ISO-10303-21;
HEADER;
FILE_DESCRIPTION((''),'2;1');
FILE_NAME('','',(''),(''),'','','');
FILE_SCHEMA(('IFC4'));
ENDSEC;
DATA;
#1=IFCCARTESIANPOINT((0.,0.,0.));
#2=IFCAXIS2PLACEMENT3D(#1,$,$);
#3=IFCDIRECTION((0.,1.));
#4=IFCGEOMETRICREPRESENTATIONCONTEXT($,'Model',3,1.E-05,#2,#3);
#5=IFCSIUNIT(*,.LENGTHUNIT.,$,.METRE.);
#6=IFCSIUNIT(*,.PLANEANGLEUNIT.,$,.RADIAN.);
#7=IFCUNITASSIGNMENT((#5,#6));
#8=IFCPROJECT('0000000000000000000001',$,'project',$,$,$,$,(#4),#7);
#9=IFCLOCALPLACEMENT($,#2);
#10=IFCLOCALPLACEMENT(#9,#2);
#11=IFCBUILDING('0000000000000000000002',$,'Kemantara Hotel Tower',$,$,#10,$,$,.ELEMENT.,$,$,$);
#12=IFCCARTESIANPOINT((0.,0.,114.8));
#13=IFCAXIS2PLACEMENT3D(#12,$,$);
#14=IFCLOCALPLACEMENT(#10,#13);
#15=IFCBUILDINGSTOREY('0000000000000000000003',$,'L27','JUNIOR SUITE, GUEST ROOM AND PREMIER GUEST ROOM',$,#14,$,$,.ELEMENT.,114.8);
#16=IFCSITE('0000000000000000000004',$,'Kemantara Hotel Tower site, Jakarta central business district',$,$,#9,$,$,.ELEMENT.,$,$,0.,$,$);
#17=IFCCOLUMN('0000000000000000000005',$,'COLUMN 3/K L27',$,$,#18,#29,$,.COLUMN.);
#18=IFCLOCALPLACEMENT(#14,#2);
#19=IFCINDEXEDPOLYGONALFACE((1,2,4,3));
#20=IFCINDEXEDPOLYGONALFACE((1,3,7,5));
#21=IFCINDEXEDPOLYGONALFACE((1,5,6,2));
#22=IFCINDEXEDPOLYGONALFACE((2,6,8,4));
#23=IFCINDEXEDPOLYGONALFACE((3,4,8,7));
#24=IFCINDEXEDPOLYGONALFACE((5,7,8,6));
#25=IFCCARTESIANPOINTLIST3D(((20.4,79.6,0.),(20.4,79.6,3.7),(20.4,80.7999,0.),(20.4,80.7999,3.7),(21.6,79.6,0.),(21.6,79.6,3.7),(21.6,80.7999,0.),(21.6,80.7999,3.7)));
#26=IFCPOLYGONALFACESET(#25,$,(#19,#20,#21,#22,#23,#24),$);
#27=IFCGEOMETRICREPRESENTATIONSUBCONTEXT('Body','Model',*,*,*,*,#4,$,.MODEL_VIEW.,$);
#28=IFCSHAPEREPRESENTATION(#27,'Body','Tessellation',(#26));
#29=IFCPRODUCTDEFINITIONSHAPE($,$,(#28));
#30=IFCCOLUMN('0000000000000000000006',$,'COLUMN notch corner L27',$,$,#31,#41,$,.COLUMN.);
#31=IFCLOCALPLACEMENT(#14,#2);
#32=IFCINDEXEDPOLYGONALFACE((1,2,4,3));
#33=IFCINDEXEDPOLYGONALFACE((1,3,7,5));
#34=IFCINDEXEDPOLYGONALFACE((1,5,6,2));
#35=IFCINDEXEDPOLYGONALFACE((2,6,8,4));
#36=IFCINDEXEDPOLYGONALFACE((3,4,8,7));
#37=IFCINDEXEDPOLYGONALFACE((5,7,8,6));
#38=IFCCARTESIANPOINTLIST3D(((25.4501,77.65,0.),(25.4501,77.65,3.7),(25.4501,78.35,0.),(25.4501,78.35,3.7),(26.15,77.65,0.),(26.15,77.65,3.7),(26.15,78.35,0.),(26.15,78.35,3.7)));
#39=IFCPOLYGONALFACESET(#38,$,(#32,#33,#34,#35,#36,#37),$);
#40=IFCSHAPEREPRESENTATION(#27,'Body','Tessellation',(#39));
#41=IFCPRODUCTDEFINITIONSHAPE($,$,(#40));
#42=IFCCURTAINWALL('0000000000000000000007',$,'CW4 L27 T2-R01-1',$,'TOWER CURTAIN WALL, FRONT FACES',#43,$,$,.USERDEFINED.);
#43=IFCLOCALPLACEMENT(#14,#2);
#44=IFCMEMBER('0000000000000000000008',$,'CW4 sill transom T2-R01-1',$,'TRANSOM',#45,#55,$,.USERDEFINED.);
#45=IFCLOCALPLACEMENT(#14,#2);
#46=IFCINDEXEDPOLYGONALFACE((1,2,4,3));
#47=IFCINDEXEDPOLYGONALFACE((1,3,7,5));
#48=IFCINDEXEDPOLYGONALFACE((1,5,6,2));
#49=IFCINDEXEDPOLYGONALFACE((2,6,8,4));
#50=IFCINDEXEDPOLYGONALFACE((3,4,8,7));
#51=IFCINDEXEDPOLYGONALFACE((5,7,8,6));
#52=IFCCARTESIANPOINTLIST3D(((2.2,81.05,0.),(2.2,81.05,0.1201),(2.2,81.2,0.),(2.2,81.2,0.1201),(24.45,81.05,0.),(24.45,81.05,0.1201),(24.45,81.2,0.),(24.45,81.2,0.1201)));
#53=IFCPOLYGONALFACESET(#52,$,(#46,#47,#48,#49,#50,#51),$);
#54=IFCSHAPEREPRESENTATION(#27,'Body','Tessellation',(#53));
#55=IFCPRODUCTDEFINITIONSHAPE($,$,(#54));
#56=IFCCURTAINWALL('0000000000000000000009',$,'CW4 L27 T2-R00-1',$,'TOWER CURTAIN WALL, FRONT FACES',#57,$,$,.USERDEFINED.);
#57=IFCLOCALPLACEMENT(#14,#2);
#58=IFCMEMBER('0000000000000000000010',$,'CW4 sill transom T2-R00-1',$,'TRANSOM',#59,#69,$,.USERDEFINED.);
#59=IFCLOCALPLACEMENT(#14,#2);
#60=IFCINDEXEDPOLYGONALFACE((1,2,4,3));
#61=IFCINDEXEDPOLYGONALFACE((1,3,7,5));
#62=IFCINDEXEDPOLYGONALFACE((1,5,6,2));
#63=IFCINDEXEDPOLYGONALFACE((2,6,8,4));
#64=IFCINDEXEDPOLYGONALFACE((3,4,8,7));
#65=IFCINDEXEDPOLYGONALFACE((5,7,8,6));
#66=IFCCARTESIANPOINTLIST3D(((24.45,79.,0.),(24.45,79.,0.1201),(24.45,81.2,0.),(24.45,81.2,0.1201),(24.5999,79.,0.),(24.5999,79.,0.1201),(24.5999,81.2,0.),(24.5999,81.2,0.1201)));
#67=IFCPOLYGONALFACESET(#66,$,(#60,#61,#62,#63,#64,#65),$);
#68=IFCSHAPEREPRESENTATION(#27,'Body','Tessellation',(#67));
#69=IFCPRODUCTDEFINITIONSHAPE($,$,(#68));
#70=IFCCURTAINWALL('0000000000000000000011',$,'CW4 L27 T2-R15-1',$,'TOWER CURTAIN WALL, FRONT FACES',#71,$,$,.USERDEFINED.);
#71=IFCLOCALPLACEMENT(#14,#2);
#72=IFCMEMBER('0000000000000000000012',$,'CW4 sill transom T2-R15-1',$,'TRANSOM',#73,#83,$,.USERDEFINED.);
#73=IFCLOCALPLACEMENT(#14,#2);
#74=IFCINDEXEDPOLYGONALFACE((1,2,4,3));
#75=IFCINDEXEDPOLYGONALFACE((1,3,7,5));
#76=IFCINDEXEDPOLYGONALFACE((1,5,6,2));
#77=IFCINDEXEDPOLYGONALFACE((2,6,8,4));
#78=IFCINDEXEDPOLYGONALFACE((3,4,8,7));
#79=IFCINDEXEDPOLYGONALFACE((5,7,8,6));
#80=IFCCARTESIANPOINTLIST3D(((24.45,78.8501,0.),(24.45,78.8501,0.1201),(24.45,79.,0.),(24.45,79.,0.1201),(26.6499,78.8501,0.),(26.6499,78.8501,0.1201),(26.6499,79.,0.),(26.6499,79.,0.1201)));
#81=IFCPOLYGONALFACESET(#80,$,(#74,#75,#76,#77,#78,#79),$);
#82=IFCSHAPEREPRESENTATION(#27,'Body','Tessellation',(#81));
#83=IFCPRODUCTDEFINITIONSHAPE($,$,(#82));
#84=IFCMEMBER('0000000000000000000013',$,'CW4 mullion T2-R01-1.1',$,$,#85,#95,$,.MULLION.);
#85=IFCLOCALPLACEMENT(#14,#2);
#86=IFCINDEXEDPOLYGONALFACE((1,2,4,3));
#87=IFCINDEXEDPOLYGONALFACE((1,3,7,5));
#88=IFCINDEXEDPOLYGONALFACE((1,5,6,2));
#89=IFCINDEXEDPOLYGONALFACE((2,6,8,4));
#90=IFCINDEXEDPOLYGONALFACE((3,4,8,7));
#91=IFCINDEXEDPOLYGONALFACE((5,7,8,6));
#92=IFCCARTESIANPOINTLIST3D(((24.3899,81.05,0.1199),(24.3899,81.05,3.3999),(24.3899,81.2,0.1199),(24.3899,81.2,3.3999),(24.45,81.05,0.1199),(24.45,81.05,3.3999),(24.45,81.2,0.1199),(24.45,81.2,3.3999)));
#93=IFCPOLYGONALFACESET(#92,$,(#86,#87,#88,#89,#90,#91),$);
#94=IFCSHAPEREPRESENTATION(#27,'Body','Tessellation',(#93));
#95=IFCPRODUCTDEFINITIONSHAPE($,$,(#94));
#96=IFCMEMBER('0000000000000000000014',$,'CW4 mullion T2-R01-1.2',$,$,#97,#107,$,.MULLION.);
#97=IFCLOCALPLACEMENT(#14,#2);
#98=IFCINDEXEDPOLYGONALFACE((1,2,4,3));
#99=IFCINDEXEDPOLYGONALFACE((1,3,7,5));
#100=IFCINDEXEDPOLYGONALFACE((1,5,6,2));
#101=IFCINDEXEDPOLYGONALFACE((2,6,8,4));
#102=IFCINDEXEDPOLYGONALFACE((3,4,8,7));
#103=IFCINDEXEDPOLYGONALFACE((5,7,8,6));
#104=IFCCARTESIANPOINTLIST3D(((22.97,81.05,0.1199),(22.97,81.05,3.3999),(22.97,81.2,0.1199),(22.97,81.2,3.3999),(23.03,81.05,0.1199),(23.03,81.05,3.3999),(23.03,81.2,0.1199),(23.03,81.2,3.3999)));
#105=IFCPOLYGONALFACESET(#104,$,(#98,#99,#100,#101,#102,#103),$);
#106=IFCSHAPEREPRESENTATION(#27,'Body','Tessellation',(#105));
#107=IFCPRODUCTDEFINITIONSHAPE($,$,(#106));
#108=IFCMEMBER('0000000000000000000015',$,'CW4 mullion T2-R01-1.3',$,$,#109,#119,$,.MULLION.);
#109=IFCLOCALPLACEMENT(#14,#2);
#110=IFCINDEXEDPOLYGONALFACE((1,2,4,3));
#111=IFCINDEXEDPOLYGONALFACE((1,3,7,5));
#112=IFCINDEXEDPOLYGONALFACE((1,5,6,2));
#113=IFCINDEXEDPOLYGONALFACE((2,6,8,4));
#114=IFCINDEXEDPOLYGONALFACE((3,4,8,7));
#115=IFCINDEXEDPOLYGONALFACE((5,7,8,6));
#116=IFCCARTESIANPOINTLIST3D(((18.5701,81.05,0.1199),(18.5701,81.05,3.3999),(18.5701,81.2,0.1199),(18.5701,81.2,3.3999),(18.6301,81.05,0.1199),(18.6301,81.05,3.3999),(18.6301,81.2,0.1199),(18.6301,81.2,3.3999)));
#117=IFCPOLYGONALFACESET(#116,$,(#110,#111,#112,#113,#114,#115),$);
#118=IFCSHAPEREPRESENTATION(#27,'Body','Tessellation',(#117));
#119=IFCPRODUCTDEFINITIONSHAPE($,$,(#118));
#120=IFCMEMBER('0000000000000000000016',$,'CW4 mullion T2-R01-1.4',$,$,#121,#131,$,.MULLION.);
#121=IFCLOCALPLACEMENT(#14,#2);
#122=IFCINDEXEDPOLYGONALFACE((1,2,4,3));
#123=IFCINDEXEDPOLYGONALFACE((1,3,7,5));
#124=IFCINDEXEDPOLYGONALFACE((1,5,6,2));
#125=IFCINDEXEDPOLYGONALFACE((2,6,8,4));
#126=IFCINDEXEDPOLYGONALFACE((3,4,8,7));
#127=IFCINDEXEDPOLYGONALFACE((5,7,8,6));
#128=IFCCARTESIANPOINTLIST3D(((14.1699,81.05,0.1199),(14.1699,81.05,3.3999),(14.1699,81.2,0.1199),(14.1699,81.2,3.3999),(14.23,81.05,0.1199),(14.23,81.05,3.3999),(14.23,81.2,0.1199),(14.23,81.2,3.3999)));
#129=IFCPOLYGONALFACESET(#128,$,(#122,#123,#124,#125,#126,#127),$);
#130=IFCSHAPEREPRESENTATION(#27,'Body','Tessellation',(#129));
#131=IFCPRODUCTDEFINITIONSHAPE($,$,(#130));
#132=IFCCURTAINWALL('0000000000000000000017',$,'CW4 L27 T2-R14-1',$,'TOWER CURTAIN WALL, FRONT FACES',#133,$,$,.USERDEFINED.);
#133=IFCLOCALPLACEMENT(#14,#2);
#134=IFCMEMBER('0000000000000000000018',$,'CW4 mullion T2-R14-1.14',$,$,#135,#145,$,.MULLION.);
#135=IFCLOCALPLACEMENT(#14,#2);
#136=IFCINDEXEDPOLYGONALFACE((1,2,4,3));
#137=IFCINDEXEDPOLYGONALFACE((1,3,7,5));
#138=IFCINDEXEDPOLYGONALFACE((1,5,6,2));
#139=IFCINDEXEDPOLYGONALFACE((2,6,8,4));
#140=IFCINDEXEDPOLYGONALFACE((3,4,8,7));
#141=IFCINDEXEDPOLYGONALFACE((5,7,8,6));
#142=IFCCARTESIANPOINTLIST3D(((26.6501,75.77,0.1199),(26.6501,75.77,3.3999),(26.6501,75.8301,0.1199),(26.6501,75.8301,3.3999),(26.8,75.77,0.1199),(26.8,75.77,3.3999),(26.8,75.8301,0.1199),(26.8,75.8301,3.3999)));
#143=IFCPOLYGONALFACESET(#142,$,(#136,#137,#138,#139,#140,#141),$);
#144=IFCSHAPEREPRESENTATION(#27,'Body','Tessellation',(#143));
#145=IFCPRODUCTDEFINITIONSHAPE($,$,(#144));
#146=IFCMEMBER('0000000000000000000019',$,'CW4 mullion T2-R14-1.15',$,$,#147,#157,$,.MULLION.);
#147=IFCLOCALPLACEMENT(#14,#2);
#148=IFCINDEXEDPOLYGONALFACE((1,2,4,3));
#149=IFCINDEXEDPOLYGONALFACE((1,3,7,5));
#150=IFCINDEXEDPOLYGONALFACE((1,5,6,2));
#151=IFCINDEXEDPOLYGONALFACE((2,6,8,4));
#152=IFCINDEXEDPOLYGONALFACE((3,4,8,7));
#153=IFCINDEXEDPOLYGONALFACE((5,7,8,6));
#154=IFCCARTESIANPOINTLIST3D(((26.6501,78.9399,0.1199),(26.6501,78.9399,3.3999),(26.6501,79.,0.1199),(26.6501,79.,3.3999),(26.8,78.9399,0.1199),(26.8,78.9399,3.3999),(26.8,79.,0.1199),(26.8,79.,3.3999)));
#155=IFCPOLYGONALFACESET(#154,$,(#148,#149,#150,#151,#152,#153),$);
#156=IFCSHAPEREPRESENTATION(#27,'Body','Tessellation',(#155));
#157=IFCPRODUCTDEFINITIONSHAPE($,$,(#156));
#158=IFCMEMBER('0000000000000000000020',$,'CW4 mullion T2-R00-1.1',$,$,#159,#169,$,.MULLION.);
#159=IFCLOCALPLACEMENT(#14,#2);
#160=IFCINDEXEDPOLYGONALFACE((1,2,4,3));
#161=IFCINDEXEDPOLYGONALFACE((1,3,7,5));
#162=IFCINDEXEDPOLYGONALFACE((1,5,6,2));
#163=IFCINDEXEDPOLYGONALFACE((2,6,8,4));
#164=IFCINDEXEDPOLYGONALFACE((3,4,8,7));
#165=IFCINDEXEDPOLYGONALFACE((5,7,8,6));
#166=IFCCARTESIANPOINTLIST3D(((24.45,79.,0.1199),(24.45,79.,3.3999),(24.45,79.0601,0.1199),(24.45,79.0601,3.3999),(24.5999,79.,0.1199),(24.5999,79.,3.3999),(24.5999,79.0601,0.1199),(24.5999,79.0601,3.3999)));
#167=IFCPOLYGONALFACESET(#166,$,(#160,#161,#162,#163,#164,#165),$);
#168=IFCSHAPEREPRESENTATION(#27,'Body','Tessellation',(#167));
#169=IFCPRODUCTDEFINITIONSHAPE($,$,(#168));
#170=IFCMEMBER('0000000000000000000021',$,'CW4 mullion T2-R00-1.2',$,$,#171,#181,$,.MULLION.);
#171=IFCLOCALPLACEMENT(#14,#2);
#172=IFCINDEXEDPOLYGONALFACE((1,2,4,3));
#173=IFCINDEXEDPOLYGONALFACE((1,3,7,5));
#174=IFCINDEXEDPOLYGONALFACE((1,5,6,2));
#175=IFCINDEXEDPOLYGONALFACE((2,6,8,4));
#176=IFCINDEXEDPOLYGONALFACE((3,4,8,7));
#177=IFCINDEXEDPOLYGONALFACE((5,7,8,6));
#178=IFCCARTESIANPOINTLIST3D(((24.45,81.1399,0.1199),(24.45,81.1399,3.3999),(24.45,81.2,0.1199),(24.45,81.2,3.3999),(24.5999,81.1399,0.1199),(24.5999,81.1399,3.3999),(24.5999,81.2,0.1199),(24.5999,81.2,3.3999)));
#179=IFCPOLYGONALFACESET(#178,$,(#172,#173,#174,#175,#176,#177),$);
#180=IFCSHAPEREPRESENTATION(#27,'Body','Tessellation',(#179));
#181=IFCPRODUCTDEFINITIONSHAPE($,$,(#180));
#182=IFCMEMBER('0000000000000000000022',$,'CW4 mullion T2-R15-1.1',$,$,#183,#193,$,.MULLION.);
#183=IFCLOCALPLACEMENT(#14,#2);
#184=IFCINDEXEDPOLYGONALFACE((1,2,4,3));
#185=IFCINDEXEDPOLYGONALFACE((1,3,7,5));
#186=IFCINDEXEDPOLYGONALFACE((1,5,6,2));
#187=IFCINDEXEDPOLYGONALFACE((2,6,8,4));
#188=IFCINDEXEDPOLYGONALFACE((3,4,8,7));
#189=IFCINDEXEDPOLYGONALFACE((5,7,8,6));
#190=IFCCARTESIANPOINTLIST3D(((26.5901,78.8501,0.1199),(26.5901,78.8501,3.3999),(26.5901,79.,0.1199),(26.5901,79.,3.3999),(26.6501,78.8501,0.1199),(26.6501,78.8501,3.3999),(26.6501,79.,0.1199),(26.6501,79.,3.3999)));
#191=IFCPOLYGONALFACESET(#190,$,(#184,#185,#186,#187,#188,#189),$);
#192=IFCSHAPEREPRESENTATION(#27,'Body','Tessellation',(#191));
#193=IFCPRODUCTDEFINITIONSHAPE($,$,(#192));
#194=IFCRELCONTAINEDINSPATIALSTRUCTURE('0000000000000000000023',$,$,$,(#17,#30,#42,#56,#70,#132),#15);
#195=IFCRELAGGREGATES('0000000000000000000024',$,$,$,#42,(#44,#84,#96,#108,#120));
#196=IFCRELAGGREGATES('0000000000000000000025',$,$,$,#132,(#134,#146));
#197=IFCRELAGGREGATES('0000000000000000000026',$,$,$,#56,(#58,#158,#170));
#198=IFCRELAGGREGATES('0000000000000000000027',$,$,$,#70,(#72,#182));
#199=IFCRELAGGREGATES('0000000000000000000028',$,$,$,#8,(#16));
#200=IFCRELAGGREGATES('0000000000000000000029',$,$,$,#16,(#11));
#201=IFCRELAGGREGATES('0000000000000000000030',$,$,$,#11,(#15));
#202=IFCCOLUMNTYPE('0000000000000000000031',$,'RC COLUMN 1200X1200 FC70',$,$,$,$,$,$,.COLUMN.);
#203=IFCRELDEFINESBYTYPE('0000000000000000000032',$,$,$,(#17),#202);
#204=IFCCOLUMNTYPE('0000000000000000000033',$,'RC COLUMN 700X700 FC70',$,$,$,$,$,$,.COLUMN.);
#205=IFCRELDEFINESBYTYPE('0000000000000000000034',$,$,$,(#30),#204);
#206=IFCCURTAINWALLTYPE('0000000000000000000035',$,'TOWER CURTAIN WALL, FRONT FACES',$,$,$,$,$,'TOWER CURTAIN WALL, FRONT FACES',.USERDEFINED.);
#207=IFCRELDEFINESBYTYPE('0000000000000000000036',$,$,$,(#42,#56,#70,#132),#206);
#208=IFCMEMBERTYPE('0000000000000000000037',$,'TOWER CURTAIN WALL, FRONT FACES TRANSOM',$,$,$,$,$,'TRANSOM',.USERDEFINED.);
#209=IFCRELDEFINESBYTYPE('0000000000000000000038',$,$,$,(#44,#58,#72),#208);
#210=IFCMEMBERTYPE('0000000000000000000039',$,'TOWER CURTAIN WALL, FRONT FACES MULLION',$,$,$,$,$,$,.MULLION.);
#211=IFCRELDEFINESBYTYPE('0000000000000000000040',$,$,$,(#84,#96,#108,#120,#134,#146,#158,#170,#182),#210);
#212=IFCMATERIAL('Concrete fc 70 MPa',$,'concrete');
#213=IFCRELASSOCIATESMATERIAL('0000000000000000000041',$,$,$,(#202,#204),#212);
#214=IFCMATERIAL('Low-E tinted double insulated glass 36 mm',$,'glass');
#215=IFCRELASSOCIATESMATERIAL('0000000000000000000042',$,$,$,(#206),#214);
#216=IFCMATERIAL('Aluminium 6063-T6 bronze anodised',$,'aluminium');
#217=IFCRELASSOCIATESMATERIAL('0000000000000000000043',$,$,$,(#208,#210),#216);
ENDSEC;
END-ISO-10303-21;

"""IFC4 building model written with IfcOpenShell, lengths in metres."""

from ifc_helpers import new_model, si_unit, direction, frame, origin, origin_2d, place, context, subcontext, project, spatial, rectangle, extrude, source, transform, mapped, material, material_profile, profile_set, type_object, element, aggregate, save


model = new_model("IFC4")

# Units and contexts
model_context = context("Model", 3, precision=1e-05, world=origin(), true_north=direction((0.0, 1.0)))
body_context = subcontext(model_context, "Body", "Model", "MODEL_VIEW")
ifc_project = project(units=[si_unit("LENGTHUNIT", "METRE"), si_unit("PLANEANGLEUNIT", "RADIAN")], contexts=[model_context])

# Site, building, storey
site_placement = place(None, origin())
site = spatial("IfcSite", under=ifc_project, at=site_placement, Name="Kemantara Hotel Tower site, Jakarta central business district", CompositionType="ELEMENT", RefElevation=0.0)
building_placement = place(site_placement, origin())
building = spatial("IfcBuilding", under=site, at=building_placement, Name="Kemantara Hotel Tower", CompositionType="ELEMENT")
storey_placement = place(building_placement, frame((0.0, 0.0, 114.8)))
storey = spatial("IfcBuildingStorey", under=building, at=storey_placement, Name="L27", Description="JUNIOR SUITE, GUEST ROOM AND PREMIER GUEST ROOM", CompositionType="ELEMENT", Elevation=114.8)

# Columns
ifc_material_1 = material(Name="Concrete fc 70 MPa", Category="concrete")
ifc_material_profile_1 = material_profile(ifc_material_1, rectangle(XDim=1.2, YDim=1.2, at=origin_2d()), Name="RC 1200X1200")
ifc_profile_set_1 = profile_set([ifc_material_profile_1], Name="Concrete fc 70 MPa")
column_type_1 = type_object("IfcColumnType", Name="RC COLUMN 1200X1200 FC70", PredefinedType="COLUMN", material=ifc_profile_set_1)
column_1_placement = place(storey_placement, frame((21.0, 80.2, 0.0), z_axis=(0.0, 0.0, 1.0), x_axis=(1.0, 0.0, 0.0)))
element("IfcColumn", 1, at=column_1_placement, inside=storey, type_object=column_type_1, Name="COLUMN 3/K L27", PredefinedType="COLUMN", context=body_context, shape_type="SweptSolid", body=[
    extrude(rectangle(XDim=1.2, YDim=1.2, at=origin_2d()), origin(), (0.0, 0.0, 1.0), 3.7),
])
ifc_material_profile_2 = material_profile(ifc_material_1, rectangle(XDim=0.7, YDim=0.7, at=origin_2d()), Name="RC 700X700")
ifc_profile_set_2 = profile_set([ifc_material_profile_2], Name="Concrete fc 70 MPa")
column_type_2 = type_object("IfcColumnType", Name="RC COLUMN 700X700 FC70", PredefinedType="COLUMN", material=ifc_profile_set_2)
column_2_placement = place(storey_placement, frame((25.8, 78.0, 0.0), z_axis=(0.0, 0.0, 1.0), x_axis=(1.0, 0.0, 0.0)))
element("IfcColumn", 2, at=column_2_placement, inside=storey, type_object=column_type_2, Name="COLUMN notch corner L27", PredefinedType="COLUMN", context=body_context, shape_type="SweptSolid", body=[
    extrude(rectangle(XDim=0.7, YDim=0.7, at=origin_2d()), origin(), (0.0, 0.0, 1.0), 3.7),
])

# Curtain walls, members
ifc_material_2 = material(Name="Low-E tinted double insulated glass 36 mm", Category="glass")
curtain_wall_type = type_object("IfcCurtainWallType", Name="TOWER CURTAIN WALL, FRONT FACES", ElementType="TOWER CURTAIN WALL, FRONT FACES", PredefinedType="USERDEFINED", material=ifc_material_2)
curtain_wall_1_placement = place(storey_placement, origin())
curtain_wall_1 = element("IfcCurtainWall", 3, at=curtain_wall_1_placement, inside=storey, type_object=curtain_wall_type, Name="CW4 L27 T2-R01-1", ObjectType="TOWER CURTAIN WALL, FRONT FACES", PredefinedType="USERDEFINED")
ifc_material_3 = material(Name="Aluminium 6063-T6 bronze anodised", Category="aluminium")
ifc_material_profile_3 = material_profile(ifc_material_3, rectangle(XDim=0.1499, YDim=0.1201, at=origin_2d()), Name="TOWER CURTAIN WALL, FRONT FACES TRANSOM")
ifc_profile_set_3 = profile_set([ifc_material_profile_3], Name="Aluminium 6063-T6 bronze anodised")
member_type_1 = type_object("IfcMemberType", Name="TOWER CURTAIN WALL, FRONT FACES TRANSOM", ElementType="TRANSOM", PredefinedType="USERDEFINED", material=ifc_profile_set_3)
member_1_placement = place(storey_placement, frame((24.45, 81.125, 0.0601), z_axis=(-1.0, 0.0, 0.0), x_axis=(0.0, -1.0, 0.0)))
member_1 = element("IfcMember", 4, at=member_1_placement, type_object=member_type_1, Name="CW4 sill transom T2-R01-1", ObjectType="TRANSOM", PredefinedType="USERDEFINED", context=body_context, shape_type="SweptSolid", body=[
    extrude(rectangle(XDim=0.1499, YDim=0.1201, at=origin_2d()), origin(), (0.0, 0.0, 1.0), 22.25),
])
curtain_wall_2_placement = place(storey_placement, origin())
curtain_wall_2 = element("IfcCurtainWall", 5, at=curtain_wall_2_placement, inside=storey, type_object=curtain_wall_type, Name="CW4 L27 T2-R00-1", ObjectType="TOWER CURTAIN WALL, FRONT FACES", PredefinedType="USERDEFINED")
member_2_placement = place(storey_placement, frame((24.5249, 79.0, 0.0601), z_axis=(0.0, 1.0, 0.0), x_axis=(-1.0, 0.0, 0.0)))
member_2 = element("IfcMember", 6, at=member_2_placement, type_object=member_type_1, Name="CW4 sill transom T2-R00-1", ObjectType="TRANSOM", PredefinedType="USERDEFINED", context=body_context, shape_type="SweptSolid", body=[
    extrude(rectangle(XDim=0.1499, YDim=0.1201, at=origin_2d()), origin(), (0.0, 0.0, 1.0), 2.2),
])
curtain_wall_3_placement = place(storey_placement, origin())
curtain_wall_3 = element("IfcCurtainWall", 7, at=curtain_wall_3_placement, inside=storey, type_object=curtain_wall_type, Name="CW4 L27 T2-R15-1", ObjectType="TOWER CURTAIN WALL, FRONT FACES", PredefinedType="USERDEFINED")
member_3_placement = place(storey_placement, frame((26.6499, 78.925, 0.0601), z_axis=(-1.0, 0.0, 0.0), x_axis=(0.0, -1.0, 0.0)))
member_3 = element("IfcMember", 8, at=member_3_placement, type_object=member_type_1, Name="CW4 sill transom T2-R15-1", ObjectType="TRANSOM", PredefinedType="USERDEFINED", context=body_context, shape_type="SweptSolid", body=[
    extrude(rectangle(XDim=0.1499, YDim=0.1201, at=origin_2d()), origin(), (0.0, 0.0, 1.0), 2.2),
])

# Members
ifc_material_profile_4 = material_profile(ifc_material_3, rectangle(XDim=0.1499, YDim=0.0601, at=origin_2d()), Name="TOWER CURTAIN WALL, FRONT FACES MULLION")
ifc_profile_set_4 = profile_set([ifc_material_profile_4], Name="Aluminium 6063-T6 bronze anodised")
member_type_2 = type_object("IfcMemberType", Name="TOWER CURTAIN WALL, FRONT FACES MULLION", PredefinedType="MULLION", material=ifc_profile_set_4)
shared_shape_1 = source(origin(), body_context, "Body", "SweptSolid", [
    extrude(rectangle(XDim=0.1499, YDim=0.0601, at=origin_2d()), origin(), (0.0, 0.0, 1.0), 3.28),
])
member_4_placement = place(storey_placement, frame((24.4199, 81.125, 0.1199), z_axis=(0.0, 0.0, 1.0), x_axis=(0.0, -1.0, 0.0)))
member_4 = element("IfcMember", 9, at=member_4_placement, type_object=member_type_2, Name="CW4 mullion T2-R01-1.1", PredefinedType="MULLION", context=body_context, shape_type="MappedRepresentation", body=[
    mapped(shared_shape_1, transform((0.0, 0.0, 0.0))),
])
member_5_placement = place(storey_placement, frame((23.0, 81.125, 0.1199), z_axis=(0.0, 0.0, 1.0), x_axis=(0.0, -1.0, 0.0)))
member_5 = element("IfcMember", 10, at=member_5_placement, type_object=member_type_2, Name="CW4 mullion T2-R01-1.2", PredefinedType="MULLION", context=body_context, shape_type="MappedRepresentation", body=[
    mapped(shared_shape_1, transform((0.0, 0.0, 0.0))),
])
member_6_placement = place(storey_placement, frame((18.6001, 81.125, 0.1199), z_axis=(0.0, 0.0, 1.0), x_axis=(0.0, -1.0, 0.0)))
member_6 = element("IfcMember", 11, at=member_6_placement, type_object=member_type_2, Name="CW4 mullion T2-R01-1.3", PredefinedType="MULLION", context=body_context, shape_type="MappedRepresentation", body=[
    mapped(shared_shape_1, transform((0.0, 0.0, 0.0))),
])
member_7_placement = place(storey_placement, frame((14.2, 81.125, 0.1199), z_axis=(0.0, 0.0, 1.0), x_axis=(0.0, -1.0, 0.0)))
member_7 = element("IfcMember", 12, at=member_7_placement, type_object=member_type_2, Name="CW4 mullion T2-R01-1.4", PredefinedType="MULLION", context=body_context, shape_type="MappedRepresentation", body=[
    mapped(shared_shape_1, transform((0.0, 0.0, 0.0))),
])

# Curtain wall, members
curtain_wall_4_placement = place(storey_placement, origin())
curtain_wall_4 = element("IfcCurtainWall", 13, at=curtain_wall_4_placement, inside=storey, type_object=curtain_wall_type, Name="CW4 L27 T2-R14-1", ObjectType="TOWER CURTAIN WALL, FRONT FACES", PredefinedType="USERDEFINED")
member_8_placement = place(storey_placement, frame((26.7251, 75.8, 0.1199), z_axis=(0.0, 0.0, 1.0), x_axis=(-1.0, 0.0, 0.0)))
member_8 = element("IfcMember", 14, at=member_8_placement, type_object=member_type_2, Name="CW4 mullion T2-R14-1.14", PredefinedType="MULLION", context=body_context, shape_type="MappedRepresentation", body=[
    mapped(shared_shape_1, transform((0.0, 0.0, 0.0))),
])
member_9_placement = place(storey_placement, frame((26.7251, 78.97, 0.1199), z_axis=(0.0, 0.0, 1.0), x_axis=(-1.0, 0.0, 0.0)))
member_9 = element("IfcMember", 15, at=member_9_placement, type_object=member_type_2, Name="CW4 mullion T2-R14-1.15", PredefinedType="MULLION", context=body_context, shape_type="MappedRepresentation", body=[
    mapped(shared_shape_1, transform((0.0, 0.0, 0.0))),
])

# Members
member_10_placement = place(storey_placement, frame((24.5249, 79.03, 0.1199), z_axis=(0.0, 0.0, 1.0), x_axis=(-1.0, 0.0, 0.0)))
member_10 = element("IfcMember", 16, at=member_10_placement, type_object=member_type_2, Name="CW4 mullion T2-R00-1.1", PredefinedType="MULLION", context=body_context, shape_type="MappedRepresentation", body=[
    mapped(shared_shape_1, transform((0.0, 0.0, 0.0))),
])
member_11_placement = place(storey_placement, frame((24.5249, 81.1699, 0.1199), z_axis=(0.0, 0.0, 1.0), x_axis=(-1.0, 0.0, 0.0)))
member_11 = element("IfcMember", 17, at=member_11_placement, type_object=member_type_2, Name="CW4 mullion T2-R00-1.2", PredefinedType="MULLION", context=body_context, shape_type="MappedRepresentation", body=[
    mapped(shared_shape_1, transform((0.0, 0.0, 0.0))),
])
member_12_placement = place(storey_placement, frame((26.6201, 78.925, 0.1199), z_axis=(0.0, 0.0, 1.0), x_axis=(0.0, -1.0, 0.0)))
member_12 = element("IfcMember", 18, at=member_12_placement, type_object=member_type_2, Name="CW4 mullion T2-R15-1.1", PredefinedType="MULLION", context=body_context, shape_type="MappedRepresentation", body=[
    mapped(shared_shape_1, transform((0.0, 0.0, 0.0))),
])

aggregate(curtain_wall_1, [member_1, member_4, member_5, member_6, member_7])
aggregate(curtain_wall_4, [member_8, member_9])
aggregate(curtain_wall_2, [member_2, member_10, member_11])
aggregate(curtain_wall_3, [member_3, member_12])

save(model, "model.ifc")
